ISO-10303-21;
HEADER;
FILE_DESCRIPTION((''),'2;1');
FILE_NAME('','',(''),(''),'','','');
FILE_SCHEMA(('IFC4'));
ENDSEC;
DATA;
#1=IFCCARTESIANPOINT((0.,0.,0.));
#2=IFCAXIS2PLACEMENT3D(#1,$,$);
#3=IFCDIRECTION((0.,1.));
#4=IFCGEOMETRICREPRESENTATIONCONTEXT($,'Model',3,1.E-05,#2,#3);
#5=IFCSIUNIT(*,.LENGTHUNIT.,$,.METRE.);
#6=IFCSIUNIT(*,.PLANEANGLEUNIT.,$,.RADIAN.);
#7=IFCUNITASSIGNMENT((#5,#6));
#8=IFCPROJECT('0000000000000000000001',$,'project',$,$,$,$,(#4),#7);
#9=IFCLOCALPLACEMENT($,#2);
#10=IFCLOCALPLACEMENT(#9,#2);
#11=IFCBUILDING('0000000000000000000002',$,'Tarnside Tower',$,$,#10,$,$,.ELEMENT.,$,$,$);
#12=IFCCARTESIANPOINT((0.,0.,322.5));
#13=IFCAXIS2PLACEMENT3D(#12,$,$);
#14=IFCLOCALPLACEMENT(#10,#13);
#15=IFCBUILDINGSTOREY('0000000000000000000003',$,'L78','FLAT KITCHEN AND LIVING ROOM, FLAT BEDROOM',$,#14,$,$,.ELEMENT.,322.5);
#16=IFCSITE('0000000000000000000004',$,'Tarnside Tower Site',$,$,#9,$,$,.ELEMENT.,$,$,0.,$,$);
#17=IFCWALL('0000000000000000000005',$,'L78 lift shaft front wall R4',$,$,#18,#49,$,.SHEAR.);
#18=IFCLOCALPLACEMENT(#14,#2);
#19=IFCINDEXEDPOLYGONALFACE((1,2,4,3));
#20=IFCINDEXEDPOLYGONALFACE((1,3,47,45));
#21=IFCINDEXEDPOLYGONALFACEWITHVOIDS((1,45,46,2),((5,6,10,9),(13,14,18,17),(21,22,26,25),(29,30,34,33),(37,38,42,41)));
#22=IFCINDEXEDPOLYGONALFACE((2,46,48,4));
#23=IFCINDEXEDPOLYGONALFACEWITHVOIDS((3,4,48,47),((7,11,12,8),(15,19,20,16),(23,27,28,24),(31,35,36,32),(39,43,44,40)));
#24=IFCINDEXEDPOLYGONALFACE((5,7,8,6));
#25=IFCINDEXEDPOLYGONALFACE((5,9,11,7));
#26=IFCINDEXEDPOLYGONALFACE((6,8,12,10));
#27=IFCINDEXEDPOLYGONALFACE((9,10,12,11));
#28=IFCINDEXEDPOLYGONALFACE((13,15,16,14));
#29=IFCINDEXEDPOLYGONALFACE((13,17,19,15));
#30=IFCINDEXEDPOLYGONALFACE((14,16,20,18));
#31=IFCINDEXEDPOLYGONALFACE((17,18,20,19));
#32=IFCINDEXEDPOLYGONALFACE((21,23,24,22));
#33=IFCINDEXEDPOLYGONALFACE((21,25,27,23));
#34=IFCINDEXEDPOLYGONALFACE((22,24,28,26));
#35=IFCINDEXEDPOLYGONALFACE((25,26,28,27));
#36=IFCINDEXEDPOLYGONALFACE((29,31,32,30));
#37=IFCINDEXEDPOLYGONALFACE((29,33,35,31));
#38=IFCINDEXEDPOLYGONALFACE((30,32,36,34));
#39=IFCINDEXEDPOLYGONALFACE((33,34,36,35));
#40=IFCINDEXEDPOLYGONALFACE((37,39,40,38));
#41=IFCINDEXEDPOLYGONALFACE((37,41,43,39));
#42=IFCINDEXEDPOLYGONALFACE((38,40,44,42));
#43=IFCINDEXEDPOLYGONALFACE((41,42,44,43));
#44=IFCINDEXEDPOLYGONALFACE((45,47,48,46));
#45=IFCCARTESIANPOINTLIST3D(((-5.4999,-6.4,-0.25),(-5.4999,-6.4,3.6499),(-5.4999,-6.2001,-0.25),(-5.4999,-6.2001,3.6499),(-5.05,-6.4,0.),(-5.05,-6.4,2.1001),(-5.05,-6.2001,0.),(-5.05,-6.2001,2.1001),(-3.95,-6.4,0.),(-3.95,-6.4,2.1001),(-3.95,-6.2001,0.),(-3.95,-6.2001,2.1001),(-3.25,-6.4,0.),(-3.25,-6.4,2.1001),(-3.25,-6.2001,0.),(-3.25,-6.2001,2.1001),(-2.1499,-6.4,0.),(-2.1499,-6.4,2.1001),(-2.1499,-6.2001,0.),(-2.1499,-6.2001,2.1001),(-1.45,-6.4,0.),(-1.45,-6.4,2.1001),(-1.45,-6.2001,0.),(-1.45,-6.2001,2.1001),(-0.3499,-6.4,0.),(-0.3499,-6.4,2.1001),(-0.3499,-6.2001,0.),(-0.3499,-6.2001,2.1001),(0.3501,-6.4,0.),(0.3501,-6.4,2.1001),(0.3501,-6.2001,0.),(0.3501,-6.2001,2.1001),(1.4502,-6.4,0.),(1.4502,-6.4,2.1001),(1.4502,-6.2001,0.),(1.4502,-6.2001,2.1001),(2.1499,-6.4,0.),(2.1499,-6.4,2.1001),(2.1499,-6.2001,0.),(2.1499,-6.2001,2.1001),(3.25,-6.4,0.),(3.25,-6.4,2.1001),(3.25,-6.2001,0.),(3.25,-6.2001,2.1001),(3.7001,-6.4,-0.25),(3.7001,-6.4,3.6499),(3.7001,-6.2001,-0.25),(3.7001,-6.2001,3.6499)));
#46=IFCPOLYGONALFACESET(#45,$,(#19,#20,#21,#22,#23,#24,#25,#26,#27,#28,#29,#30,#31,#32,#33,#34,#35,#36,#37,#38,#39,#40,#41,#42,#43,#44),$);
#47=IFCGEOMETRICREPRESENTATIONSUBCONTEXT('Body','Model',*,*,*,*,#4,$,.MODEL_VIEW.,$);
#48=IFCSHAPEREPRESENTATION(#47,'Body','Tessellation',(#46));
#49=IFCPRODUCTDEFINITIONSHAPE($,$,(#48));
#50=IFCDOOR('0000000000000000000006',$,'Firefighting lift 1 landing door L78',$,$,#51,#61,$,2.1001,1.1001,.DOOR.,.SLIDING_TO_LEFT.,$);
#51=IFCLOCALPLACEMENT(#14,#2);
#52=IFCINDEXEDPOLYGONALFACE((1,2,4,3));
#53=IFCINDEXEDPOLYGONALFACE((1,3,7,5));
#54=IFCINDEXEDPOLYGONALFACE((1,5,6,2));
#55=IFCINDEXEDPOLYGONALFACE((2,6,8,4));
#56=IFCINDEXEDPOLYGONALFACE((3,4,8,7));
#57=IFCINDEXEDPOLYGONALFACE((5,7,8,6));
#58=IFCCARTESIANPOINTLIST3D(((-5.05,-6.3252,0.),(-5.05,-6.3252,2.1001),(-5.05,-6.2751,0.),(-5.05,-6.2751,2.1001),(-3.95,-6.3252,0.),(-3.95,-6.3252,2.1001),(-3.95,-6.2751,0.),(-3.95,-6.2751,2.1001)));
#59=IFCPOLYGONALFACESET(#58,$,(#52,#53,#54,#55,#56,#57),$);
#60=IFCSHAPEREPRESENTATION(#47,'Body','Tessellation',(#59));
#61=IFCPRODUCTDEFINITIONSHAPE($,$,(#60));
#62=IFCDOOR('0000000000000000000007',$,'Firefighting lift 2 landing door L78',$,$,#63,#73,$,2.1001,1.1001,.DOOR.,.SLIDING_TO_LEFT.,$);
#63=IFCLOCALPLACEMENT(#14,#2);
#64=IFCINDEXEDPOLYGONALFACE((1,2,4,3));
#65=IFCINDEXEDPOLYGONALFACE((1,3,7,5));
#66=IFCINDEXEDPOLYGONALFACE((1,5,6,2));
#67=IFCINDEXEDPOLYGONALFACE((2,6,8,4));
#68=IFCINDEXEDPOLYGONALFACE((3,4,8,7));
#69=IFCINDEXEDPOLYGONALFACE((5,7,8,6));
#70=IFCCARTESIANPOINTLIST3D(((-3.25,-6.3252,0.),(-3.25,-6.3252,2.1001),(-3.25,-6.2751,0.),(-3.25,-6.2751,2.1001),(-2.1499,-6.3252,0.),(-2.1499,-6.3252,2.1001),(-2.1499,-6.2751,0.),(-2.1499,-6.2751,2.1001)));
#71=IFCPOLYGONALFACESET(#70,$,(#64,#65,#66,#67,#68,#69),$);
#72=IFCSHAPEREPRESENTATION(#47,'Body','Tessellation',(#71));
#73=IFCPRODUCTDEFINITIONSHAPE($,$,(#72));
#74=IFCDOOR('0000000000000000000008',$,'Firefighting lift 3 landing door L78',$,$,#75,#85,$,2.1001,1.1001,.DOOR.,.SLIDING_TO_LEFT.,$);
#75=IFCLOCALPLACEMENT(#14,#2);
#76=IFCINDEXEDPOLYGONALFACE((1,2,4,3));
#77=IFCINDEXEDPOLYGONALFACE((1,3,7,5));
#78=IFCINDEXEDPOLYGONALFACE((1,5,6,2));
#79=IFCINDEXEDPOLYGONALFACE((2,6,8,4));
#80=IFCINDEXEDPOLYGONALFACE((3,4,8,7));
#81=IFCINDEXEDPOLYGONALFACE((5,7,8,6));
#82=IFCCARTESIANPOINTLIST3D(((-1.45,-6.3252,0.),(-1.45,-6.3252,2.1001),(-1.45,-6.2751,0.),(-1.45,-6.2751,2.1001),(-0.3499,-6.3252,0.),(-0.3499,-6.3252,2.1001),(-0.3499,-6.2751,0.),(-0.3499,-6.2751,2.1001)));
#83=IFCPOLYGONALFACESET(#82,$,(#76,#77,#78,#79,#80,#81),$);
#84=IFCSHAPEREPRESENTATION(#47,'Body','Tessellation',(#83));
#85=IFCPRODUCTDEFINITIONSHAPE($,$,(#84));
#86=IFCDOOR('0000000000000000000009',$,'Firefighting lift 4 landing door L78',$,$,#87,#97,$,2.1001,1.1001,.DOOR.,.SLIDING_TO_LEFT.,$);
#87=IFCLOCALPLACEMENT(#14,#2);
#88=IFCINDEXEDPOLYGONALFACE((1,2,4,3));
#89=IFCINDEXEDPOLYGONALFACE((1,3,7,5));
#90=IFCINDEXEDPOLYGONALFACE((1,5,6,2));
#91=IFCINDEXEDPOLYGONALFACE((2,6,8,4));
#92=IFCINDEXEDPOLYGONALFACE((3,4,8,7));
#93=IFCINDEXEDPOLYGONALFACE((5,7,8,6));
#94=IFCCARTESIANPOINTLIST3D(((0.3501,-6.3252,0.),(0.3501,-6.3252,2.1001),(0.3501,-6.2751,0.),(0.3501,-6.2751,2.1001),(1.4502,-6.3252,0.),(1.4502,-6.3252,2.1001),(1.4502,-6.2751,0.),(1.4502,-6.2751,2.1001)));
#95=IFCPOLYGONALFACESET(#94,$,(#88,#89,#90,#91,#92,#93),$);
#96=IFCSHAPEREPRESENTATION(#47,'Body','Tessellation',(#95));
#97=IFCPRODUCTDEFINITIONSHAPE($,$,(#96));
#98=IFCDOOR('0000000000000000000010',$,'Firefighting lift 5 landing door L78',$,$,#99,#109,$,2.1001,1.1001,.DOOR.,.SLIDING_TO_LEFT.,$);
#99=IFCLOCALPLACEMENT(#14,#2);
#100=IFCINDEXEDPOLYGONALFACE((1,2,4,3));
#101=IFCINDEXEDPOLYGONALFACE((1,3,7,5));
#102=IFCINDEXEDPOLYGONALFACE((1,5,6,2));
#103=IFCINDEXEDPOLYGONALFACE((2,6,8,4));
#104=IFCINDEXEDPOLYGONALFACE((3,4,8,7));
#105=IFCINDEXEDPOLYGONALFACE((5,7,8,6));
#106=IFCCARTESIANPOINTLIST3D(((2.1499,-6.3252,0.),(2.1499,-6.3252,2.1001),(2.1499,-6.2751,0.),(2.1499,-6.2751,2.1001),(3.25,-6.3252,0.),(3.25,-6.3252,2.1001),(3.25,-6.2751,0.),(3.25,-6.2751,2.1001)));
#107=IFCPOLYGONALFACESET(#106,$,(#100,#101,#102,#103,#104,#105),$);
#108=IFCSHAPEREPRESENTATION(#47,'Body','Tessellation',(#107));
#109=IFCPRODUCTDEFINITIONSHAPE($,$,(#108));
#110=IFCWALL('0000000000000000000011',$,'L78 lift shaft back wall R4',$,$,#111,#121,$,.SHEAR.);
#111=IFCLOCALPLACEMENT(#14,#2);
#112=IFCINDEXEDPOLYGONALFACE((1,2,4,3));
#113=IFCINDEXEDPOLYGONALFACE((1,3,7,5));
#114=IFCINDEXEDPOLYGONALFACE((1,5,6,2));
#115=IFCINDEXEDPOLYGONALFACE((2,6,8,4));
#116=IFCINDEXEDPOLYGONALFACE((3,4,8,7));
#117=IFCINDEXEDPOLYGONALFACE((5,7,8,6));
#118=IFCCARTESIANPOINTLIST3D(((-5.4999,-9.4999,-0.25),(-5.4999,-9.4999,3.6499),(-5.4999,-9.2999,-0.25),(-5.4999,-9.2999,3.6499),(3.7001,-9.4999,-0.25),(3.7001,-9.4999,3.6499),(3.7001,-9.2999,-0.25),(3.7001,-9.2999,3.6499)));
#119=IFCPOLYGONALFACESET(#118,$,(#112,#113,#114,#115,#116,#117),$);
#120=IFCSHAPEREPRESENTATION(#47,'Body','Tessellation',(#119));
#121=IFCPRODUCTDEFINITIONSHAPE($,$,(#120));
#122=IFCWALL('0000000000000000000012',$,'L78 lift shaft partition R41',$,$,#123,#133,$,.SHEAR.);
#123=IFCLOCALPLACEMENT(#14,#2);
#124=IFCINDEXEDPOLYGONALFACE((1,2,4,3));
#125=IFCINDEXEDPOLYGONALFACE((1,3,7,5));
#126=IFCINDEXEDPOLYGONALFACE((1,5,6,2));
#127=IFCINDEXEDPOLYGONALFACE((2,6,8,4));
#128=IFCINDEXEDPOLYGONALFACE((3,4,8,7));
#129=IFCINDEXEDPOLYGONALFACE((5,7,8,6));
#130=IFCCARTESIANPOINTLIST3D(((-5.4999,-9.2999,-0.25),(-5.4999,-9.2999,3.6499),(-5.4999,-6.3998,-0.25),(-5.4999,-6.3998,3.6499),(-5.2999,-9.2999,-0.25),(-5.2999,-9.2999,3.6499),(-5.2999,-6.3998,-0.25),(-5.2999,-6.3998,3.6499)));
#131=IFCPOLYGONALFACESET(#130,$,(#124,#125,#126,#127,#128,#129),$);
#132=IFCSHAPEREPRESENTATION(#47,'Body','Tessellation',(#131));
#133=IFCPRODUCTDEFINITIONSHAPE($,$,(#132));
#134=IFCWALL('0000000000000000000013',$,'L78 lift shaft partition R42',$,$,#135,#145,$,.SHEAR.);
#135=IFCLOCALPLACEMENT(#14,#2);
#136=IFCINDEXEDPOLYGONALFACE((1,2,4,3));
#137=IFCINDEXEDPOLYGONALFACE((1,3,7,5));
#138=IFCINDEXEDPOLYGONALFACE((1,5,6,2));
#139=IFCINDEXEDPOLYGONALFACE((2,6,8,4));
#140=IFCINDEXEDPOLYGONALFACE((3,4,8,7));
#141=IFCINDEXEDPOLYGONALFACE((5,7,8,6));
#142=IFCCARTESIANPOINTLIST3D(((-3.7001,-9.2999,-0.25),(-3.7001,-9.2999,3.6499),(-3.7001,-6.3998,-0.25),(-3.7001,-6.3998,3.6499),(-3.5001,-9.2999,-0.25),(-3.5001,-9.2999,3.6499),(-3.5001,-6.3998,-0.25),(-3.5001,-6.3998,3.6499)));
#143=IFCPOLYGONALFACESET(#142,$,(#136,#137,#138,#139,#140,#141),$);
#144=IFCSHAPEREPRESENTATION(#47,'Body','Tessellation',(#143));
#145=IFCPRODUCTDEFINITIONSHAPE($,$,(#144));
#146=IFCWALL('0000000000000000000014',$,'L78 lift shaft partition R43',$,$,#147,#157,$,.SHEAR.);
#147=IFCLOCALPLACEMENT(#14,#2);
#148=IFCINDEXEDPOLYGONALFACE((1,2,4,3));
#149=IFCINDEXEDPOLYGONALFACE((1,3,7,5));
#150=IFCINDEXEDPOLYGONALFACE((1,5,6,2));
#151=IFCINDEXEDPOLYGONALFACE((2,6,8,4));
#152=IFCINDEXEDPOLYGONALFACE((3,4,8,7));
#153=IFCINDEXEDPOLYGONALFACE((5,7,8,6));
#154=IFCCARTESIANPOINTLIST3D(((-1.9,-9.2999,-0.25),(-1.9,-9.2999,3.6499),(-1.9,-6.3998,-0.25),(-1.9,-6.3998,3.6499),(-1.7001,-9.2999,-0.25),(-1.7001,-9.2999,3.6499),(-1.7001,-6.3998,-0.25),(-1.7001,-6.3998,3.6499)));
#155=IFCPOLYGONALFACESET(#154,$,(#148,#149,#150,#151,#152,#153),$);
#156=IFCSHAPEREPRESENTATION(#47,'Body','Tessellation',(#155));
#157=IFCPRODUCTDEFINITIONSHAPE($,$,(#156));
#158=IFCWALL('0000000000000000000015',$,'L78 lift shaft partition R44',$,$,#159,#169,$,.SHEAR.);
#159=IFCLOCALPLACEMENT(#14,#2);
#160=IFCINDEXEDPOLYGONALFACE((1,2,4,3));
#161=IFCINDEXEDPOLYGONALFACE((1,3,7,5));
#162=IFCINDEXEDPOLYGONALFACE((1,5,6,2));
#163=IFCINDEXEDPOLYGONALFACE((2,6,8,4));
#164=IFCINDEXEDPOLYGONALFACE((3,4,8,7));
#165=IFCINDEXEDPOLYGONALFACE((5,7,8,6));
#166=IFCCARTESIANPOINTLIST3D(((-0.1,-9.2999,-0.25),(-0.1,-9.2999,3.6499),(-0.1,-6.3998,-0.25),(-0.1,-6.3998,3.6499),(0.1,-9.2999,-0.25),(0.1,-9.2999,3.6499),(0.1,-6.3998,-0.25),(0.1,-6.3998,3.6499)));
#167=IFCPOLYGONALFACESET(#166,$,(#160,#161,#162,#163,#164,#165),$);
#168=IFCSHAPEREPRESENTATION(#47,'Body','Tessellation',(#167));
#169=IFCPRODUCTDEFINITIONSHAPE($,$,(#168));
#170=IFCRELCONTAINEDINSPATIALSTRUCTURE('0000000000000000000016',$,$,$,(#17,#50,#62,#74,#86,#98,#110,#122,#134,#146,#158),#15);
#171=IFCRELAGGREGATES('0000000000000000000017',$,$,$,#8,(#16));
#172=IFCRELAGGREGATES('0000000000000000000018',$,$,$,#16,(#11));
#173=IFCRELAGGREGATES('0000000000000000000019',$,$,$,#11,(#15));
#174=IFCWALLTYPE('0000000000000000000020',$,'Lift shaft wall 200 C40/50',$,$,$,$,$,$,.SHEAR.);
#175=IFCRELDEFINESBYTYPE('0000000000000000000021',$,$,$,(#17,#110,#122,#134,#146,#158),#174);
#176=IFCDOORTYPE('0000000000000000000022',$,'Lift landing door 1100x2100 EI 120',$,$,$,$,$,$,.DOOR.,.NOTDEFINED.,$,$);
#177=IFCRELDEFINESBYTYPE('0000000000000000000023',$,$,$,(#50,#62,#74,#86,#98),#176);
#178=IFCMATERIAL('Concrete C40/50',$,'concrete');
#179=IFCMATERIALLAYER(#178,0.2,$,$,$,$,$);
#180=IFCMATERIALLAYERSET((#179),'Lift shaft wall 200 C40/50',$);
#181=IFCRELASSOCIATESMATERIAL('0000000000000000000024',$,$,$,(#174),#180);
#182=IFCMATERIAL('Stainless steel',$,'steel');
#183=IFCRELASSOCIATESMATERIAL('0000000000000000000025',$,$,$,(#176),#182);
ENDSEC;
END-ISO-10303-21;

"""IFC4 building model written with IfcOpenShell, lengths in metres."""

from ifc_helpers import new_model, si_unit, direction, frame, frame_2d, origin, place, context, subcontext, project, spatial, rectangle, extrude, material, layer, layer_set, type_object, element, fill, save


model = new_model("IFC4")

# Units and contexts
model_context = context("Model", 3, precision=1e-05, world=origin(), true_north=direction((0.0, 1.0)))
body_context = subcontext(model_context, "Body", "Model", "MODEL_VIEW")
ifc_project = project(units=[si_unit("LENGTHUNIT", "METRE"), si_unit("PLANEANGLEUNIT", "RADIAN")], contexts=[model_context])

# Site, building, storey
site_placement = place(None, origin())
site = spatial("IfcSite", under=ifc_project, at=site_placement, Name="Tarnside Tower Site", CompositionType="ELEMENT", RefElevation=0.0)
building_placement = place(site_placement, origin())
building = spatial("IfcBuilding", under=site, at=building_placement, Name="Tarnside Tower", CompositionType="ELEMENT")
storey_placement = place(building_placement, frame((0.0, 0.0, 322.5)))
storey = spatial("IfcBuildingStorey", under=building, at=storey_placement, Name="L78", Description="FLAT KITCHEN AND LIVING ROOM, FLAT BEDROOM", CompositionType="ELEMENT", Elevation=322.5)

# Shared definitions
ifc_material_1 = material(Name="Concrete C40/50", Category="concrete")

# Wall, openings, doors
ifc_layer_1 = layer(ifc_material_1, 0.2)
ifc_layer_set_1 = layer_set([ifc_layer_1], Name="Lift shaft wall 200 C40/50")
wall_type_1 = type_object("IfcWallType", Name="Lift shaft wall 200 C40/50", PredefinedType="SHEAR", material=ifc_layer_set_1)
wall_1_placement = place(storey_placement, frame((-5.5, -6.3, -0.25), z_axis=(0.0, 0.0, 1.0), x_axis=(1.0, 0.0, 0.0)))
wall_1 = element("IfcWall", 1, at=wall_1_placement, inside=storey, type_object=wall_type_1, Name="L78 lift shaft front wall R4", PredefinedType="SHEAR", context=body_context, shape_type="SweptSolid", body=[
    extrude(rectangle(XDim=9.2, YDim=0.2, at=frame_2d((4.6001, 0.0))), origin(), (0.0, 0.0, 1.0), 3.8999),
])
opening_1_placement = place(wall_1_placement, frame((0.45, 0.0, 0.25)))
opening_1 = element("IfcOpeningElement", 2, at=opening_1_placement, cuts=wall_1, PredefinedType="OPENING", context=body_context, shape_type="SweptSolid", body=[
    extrude(rectangle(XDim=1.1001, YDim=2.1001, at=frame_2d((0.55, 1.05))), frame((0.0, 0.1099, 0.0), z_axis=(0.0, -1.0, 0.0), x_axis=(1.0, 0.0, 0.0)), (0.0, 0.0, 1.0), 0.22),
])
opening_2_placement = place(wall_1_placement, frame((2.25, 0.0, 0.25)))
opening_2 = element("IfcOpeningElement", 3, at=opening_2_placement, cuts=wall_1, PredefinedType="OPENING", context=body_context, shape_type="SweptSolid", body=[
    extrude(rectangle(XDim=1.1001, YDim=2.1001, at=frame_2d((0.55, 1.05))), frame((0.0, 0.1099, 0.0), z_axis=(0.0, -1.0, 0.0), x_axis=(1.0, 0.0, 0.0)), (0.0, 0.0, 1.0), 0.22),
])
opening_3_placement = place(wall_1_placement, frame((4.05, 0.0, 0.25)))
opening_3 = element("IfcOpeningElement", 4, at=opening_3_placement, cuts=wall_1, PredefinedType="OPENING", context=body_context, shape_type="SweptSolid", body=[
    extrude(rectangle(XDim=1.1001, YDim=2.1001, at=frame_2d((0.55, 1.05))), frame((0.0, 0.1099, 0.0), z_axis=(0.0, -1.0, 0.0), x_axis=(1.0, 0.0, 0.0)), (0.0, 0.0, 1.0), 0.22),
])
opening_4_placement = place(wall_1_placement, frame((5.8501, 0.0, 0.25)))
opening_4 = element("IfcOpeningElement", 5, at=opening_4_placement, cuts=wall_1, PredefinedType="OPENING", context=body_context, shape_type="SweptSolid", body=[
    extrude(rectangle(XDim=1.1001, YDim=2.1001, at=frame_2d((0.55, 1.05))), frame((0.0, 0.1099, 0.0), z_axis=(0.0, -1.0, 0.0), x_axis=(1.0, 0.0, 0.0)), (0.0, 0.0, 1.0), 0.22),
])
opening_5_placement = place(wall_1_placement, frame((7.6499, 0.0, 0.25)))
opening_5 = element("IfcOpeningElement", 6, at=opening_5_placement, cuts=wall_1, PredefinedType="OPENING", context=body_context, shape_type="SweptSolid", body=[
    extrude(rectangle(XDim=1.1001, YDim=2.1001, at=frame_2d((0.55, 1.05))), frame((0.0, 0.1099, 0.0), z_axis=(0.0, -1.0, 0.0), x_axis=(1.0, 0.0, 0.0)), (0.0, 0.0, 1.0), 0.22),
])
ifc_material_2 = material(Name="Stainless steel", Category="steel")
door_type_1 = type_object("IfcDoorType", Name="Lift landing door 1100x2100 EI 120", OperationType="NOTDEFINED", PredefinedType="DOOR", material=ifc_material_2)
door_1_placement = place(opening_1_placement, origin())
door_1 = element("IfcDoor", 7, at=door_1_placement, inside=storey, type_object=door_type_1, Name="Firefighting lift 1 landing door L78", OperationType="SLIDING_TO_LEFT", OverallHeight=2.1001, OverallWidth=1.1001, PredefinedType="DOOR", context=body_context, shape_type="SweptSolid", body=[
    extrude(rectangle(XDim=1.1001, YDim=2.1001, at=frame_2d((0.55, 1.05))), frame((0.0, 0.0249, 0.0), z_axis=(0.0, -1.0, 0.0), x_axis=(1.0, 0.0, 0.0)), (0.0, 0.0, 1.0), 0.05),
])
fill(opening_1, door_1)
door_2_placement = place(opening_2_placement, origin())
door_2 = element("IfcDoor", 8, at=door_2_placement, inside=storey, type_object=door_type_1, Name="Firefighting lift 2 landing door L78", OperationType="SLIDING_TO_LEFT", OverallHeight=2.1001, OverallWidth=1.1001, PredefinedType="DOOR", context=body_context, shape_type="SweptSolid", body=[
    extrude(rectangle(XDim=1.1001, YDim=2.1001, at=frame_2d((0.55, 1.05))), frame((0.0, 0.0249, 0.0), z_axis=(0.0, -1.0, 0.0), x_axis=(1.0, 0.0, 0.0)), (0.0, 0.0, 1.0), 0.05),
])
fill(opening_2, door_2)
door_3_placement = place(opening_3_placement, origin())
door_3 = element("IfcDoor", 9, at=door_3_placement, inside=storey, type_object=door_type_1, Name="Firefighting lift 3 landing door L78", OperationType="SLIDING_TO_LEFT", OverallHeight=2.1001, OverallWidth=1.1001, PredefinedType="DOOR", context=body_context, shape_type="SweptSolid", body=[
    extrude(rectangle(XDim=1.1001, YDim=2.1001, at=frame_2d((0.55, 1.05))), frame((0.0, 0.0249, 0.0), z_axis=(0.0, -1.0, 0.0), x_axis=(1.0, 0.0, 0.0)), (0.0, 0.0, 1.0), 0.05),
])
fill(opening_3, door_3)
door_4_placement = place(opening_4_placement, origin())
door_4 = element("IfcDoor", 10, at=door_4_placement, inside=storey, type_object=door_type_1, Name="Firefighting lift 4 landing door L78", OperationType="SLIDING_TO_LEFT", OverallHeight=2.1001, OverallWidth=1.1001, PredefinedType="DOOR", context=body_context, shape_type="SweptSolid", body=[
    extrude(rectangle(XDim=1.1001, YDim=2.1001, at=frame_2d((0.55, 1.05))), frame((0.0, 0.0249, 0.0), z_axis=(0.0, -1.0, 0.0), x_axis=(1.0, 0.0, 0.0)), (0.0, 0.0, 1.0), 0.05),
])
fill(opening_4, door_4)
door_5_placement = place(opening_5_placement, origin())
door_5 = element("IfcDoor", 11, at=door_5_placement, inside=storey, type_object=door_type_1, Name="Firefighting lift 5 landing door L78", OperationType="SLIDING_TO_LEFT", OverallHeight=2.1001, OverallWidth=1.1001, PredefinedType="DOOR", context=body_context, shape_type="SweptSolid", body=[
    extrude(rectangle(XDim=1.1001, YDim=2.1001, at=frame_2d((0.55, 1.05))), frame((0.0, 0.0249, 0.0), z_axis=(0.0, -1.0, 0.0), x_axis=(1.0, 0.0, 0.0)), (0.0, 0.0, 1.0), 0.05),
])
fill(opening_5, door_5)

# Walls
wall_2_placement = place(storey_placement, frame((-5.5, -9.3999, -0.25), z_axis=(0.0, 0.0, 1.0), x_axis=(1.0, 0.0, 0.0)))
element("IfcWall", 12, at=wall_2_placement, inside=storey, type_object=wall_type_1, Name="L78 lift shaft back wall R4", PredefinedType="SHEAR", context=body_context, shape_type="SweptSolid", body=[
    extrude(rectangle(XDim=9.2, YDim=0.2, at=frame_2d((4.6001, 0.0))), origin(), (0.0, 0.0, 1.0), 3.8999),
])
for number, where, z_axis, x_axis, name in (
    (13, (-5.3999, -9.3, -0.25), (0.0, 0.0, 1.0), (0.0, 1.0, 0.0), "L78 lift shaft partition R41"),
    (14, (-3.6001, -9.3, -0.25), (0.0, 0.0, 1.0), (0.0, 1.0, 0.0), "L78 lift shaft partition R42"),
    (15, (-1.8, -9.3, -0.25), (0.0, 0.0, 1.0), (0.0, 1.0, 0.0), "L78 lift shaft partition R43"),
    (16, (0.0, -9.3, -0.25), (0.0, 0.0, 1.0), (0.0, 1.0, 0.0), "L78 lift shaft partition R44"),
):
    element("IfcWall", number, at=place(storey_placement, frame(where, z_axis=z_axis, x_axis=x_axis)), inside=storey, type_object=wall_type_1, Name=name, PredefinedType="SHEAR", context=body_context, shape_type="SweptSolid", body=[
        extrude(rectangle(XDim=2.9001, YDim=0.2, at=frame_2d((1.4502, 0.0))), origin(), (0.0, 0.0, 1.0), 3.8999),
    ])

save(model, "model.ifc")
